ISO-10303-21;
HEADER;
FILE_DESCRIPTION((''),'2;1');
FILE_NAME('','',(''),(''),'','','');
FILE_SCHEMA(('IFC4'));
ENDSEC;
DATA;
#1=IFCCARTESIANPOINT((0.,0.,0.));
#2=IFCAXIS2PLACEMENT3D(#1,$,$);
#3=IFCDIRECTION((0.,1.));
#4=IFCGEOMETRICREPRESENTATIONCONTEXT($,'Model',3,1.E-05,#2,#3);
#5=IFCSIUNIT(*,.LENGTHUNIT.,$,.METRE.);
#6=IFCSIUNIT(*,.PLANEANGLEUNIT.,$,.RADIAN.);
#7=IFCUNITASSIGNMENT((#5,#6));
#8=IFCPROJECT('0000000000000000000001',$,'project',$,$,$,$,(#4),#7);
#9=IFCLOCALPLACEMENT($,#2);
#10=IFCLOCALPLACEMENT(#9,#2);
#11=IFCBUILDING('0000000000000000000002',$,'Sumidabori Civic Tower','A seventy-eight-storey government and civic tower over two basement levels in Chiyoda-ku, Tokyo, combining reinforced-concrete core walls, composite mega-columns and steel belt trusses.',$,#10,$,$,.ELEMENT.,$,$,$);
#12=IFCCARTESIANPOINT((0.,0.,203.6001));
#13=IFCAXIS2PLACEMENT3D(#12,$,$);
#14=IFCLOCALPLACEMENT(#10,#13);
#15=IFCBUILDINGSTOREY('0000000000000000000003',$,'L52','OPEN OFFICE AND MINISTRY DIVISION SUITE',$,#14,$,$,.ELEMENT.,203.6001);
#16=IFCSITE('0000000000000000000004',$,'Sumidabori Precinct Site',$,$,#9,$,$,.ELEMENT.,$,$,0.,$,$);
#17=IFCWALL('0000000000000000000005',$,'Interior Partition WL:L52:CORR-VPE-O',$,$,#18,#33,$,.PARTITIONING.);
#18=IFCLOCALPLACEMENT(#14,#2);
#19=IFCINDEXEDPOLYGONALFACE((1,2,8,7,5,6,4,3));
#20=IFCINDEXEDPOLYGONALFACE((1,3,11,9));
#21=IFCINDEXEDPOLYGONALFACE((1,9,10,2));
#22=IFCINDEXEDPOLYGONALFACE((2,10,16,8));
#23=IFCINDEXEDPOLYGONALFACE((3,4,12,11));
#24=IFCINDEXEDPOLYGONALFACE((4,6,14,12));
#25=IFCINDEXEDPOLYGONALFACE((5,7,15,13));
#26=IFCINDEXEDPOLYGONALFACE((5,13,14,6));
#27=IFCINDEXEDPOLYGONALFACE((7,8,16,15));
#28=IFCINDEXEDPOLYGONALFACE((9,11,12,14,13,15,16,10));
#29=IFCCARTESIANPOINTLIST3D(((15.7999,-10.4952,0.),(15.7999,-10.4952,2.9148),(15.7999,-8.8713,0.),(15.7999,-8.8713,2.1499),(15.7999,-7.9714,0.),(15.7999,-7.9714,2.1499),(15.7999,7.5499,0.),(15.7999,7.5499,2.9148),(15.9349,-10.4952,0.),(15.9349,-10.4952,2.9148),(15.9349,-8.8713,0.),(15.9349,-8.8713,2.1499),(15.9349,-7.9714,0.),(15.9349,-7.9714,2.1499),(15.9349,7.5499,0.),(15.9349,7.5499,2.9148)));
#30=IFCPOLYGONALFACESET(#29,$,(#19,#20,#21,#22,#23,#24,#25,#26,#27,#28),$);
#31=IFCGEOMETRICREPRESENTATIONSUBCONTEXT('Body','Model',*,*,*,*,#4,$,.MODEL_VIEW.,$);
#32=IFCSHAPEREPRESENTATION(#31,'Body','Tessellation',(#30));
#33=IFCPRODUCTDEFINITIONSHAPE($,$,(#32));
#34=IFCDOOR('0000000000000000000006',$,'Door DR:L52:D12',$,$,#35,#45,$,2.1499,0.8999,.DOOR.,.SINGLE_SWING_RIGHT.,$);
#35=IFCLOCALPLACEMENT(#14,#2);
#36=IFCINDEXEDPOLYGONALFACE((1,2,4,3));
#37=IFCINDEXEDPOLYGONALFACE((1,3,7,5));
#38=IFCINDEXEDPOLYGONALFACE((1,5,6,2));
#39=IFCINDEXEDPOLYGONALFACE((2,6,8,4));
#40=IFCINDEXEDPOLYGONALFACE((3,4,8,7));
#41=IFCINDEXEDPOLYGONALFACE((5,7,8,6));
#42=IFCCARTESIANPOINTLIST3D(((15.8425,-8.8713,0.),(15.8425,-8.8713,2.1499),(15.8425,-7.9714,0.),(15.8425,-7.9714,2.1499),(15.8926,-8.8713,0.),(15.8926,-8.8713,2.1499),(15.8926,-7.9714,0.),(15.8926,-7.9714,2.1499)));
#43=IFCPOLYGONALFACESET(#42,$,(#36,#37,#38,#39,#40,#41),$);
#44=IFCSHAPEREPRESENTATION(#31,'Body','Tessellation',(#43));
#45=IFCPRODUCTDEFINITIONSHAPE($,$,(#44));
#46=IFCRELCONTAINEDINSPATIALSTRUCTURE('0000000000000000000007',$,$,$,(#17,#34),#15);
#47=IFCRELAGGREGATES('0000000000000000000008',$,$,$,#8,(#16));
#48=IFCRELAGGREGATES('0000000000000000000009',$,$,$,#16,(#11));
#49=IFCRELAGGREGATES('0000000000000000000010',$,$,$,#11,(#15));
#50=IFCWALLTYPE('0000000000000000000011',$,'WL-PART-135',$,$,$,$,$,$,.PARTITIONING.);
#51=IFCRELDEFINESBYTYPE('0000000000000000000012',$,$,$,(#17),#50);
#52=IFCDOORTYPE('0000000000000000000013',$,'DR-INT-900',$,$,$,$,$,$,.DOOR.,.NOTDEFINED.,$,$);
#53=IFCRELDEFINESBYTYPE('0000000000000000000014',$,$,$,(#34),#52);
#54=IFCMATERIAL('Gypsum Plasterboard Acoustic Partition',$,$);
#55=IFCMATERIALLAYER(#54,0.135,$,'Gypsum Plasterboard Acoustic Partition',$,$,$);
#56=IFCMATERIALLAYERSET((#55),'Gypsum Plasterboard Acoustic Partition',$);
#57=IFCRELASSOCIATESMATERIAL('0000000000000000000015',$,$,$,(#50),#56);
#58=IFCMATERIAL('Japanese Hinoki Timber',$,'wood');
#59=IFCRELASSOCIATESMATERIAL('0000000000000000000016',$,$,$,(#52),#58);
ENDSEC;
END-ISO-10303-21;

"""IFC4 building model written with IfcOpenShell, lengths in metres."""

from ifc_helpers import new_model, si_unit, direction, frame, frame_2d, origin, place, context, subcontext, project, spatial, rectangle, extrude, source, transform, mapped, material, layer, layer_set, type_object, element, fill, save


model = new_model("IFC4")

# Units and contexts
model_context = context("Model", 3, precision=1e-05, world=origin(), true_north=direction((0.0, 1.0)))
body_context = subcontext(model_context, "Body", "Model", "MODEL_VIEW")
ifc_project = project(units=[si_unit("LENGTHUNIT", "METRE"), si_unit("PLANEANGLEUNIT", "RADIAN")], contexts=[model_context])

# Site, building, storey
site_placement = place(None, origin())
site = spatial("IfcSite", under=ifc_project, at=site_placement, Name="Sumidabori Precinct Site", CompositionType="ELEMENT", RefElevation=0.0)
building_placement = place(site_placement, origin())
building = spatial("IfcBuilding", under=site, at=building_placement, Name="Sumidabori Civic Tower", Description="A seventy-eight-storey government and civic tower over two basement levels in Chiyoda-ku, Tokyo, combining reinforced-concrete core walls, composite mega-columns and steel belt trusses.", CompositionType="ELEMENT")
storey_placement = place(building_placement, frame((0.0, 0.0, 203.6001)))
storey = spatial("IfcBuildingStorey", under=building, at=storey_placement, Name="L52", Description="OPEN OFFICE AND MINISTRY DIVISION SUITE", CompositionType="ELEMENT", Elevation=203.6001)

# Shared definitions
ifc_material_1 = material(Name="Gypsum Plasterboard Acoustic Partition")
ifc_layer_1 = layer(ifc_material_1, 0.135, Name="Gypsum Plasterboard Acoustic Partition")
ifc_layer_set_1 = layer_set([ifc_layer_1], Name="Gypsum Plasterboard Acoustic Partition")
wall_type = type_object("IfcWallType", Name="WL-PART-135", PredefinedType="PARTITIONING", material=ifc_layer_set_1)

# Shared definitions
shared_shape_1 = source(origin(), body_context, "Body", "SweptSolid", [
    extrude(rectangle(XDim=18.0452, YDim=0.135, at=frame_2d((9.0225, 0.0))), origin(), (0.0, 0.0, 1.0), 2.9148),
])
ifc_material_2 = material(Name="Japanese Hinoki Timber", Category="wood")
door_type = type_object("IfcDoorType", Name="DR-INT-900", OperationType="NOTDEFINED", PredefinedType="DOOR", material=ifc_material_2)
shared_shape_2 = source(origin(), body_context, "Body", "SweptSolid", [
    extrude(rectangle(XDim=0.8999, YDim=2.1499, at=frame_2d((0.45, 1.075))), frame((0.0, 0.0249, 0.0), z_axis=(0.0, -1.0, 0.0), x_axis=(1.0, 0.0, 0.0)), (0.0, 0.0, 1.0), 0.05),
])

# Wall, opening, door
wall_1_placement = place(storey_placement, frame((15.8674, -10.4951, 0.0), z_axis=(0.0, 0.0, 1.0), x_axis=(0.0, 1.0, 0.0)))
wall_1 = element("IfcWall", 1, at=wall_1_placement, inside=storey, type_object=wall_type, Name="Interior Partition WL:L52:CORR-VPE-O", PredefinedType="PARTITIONING", context=body_context, shape_type="MappedRepresentation", body=[
    mapped(shared_shape_1, transform((0.0, 0.0, 0.0), x_axis=(1.0, 0.0, 0.0), y_axis=(0.0, 1.0, 0.0), z_axis=(0.0, 0.0, 1.0), scale=1.0)),
])
opening_1_placement = place(wall_1_placement, frame((1.6238, 0.0, 0.0)))
opening_1 = element("IfcOpeningElement", 2, at=opening_1_placement, cuts=wall_1, PredefinedType="OPENING", context=body_context, shape_type="SweptSolid", body=[
    extrude(rectangle(XDim=0.8999, YDim=2.1499, at=frame_2d((0.45, 1.075))), frame((0.0, 0.0796, 0.0), z_axis=(0.0, -1.0, 0.0), x_axis=(1.0, 0.0, 0.0)), (0.0, 0.0, 1.0), 0.1589),
])
door_1_placement = place(opening_1_placement, origin())
door_1 = element("IfcDoor", 3, at=door_1_placement, inside=storey, type_object=door_type, Name="Door DR:L52:D12", OperationType="SINGLE_SWING_RIGHT", OverallHeight=2.1499, OverallWidth=0.8999, PredefinedType="DOOR", context=body_context, shape_type="MappedRepresentation", body=[
    mapped(shared_shape_2, transform((0.0, 0.0, 0.0), x_axis=(1.0, 0.0, 0.0), y_axis=(0.0, 1.0, 0.0), z_axis=(0.0, 0.0, 1.0), scale=1.0)),
])
fill(opening_1, door_1)

save(model, "model.ifc")
